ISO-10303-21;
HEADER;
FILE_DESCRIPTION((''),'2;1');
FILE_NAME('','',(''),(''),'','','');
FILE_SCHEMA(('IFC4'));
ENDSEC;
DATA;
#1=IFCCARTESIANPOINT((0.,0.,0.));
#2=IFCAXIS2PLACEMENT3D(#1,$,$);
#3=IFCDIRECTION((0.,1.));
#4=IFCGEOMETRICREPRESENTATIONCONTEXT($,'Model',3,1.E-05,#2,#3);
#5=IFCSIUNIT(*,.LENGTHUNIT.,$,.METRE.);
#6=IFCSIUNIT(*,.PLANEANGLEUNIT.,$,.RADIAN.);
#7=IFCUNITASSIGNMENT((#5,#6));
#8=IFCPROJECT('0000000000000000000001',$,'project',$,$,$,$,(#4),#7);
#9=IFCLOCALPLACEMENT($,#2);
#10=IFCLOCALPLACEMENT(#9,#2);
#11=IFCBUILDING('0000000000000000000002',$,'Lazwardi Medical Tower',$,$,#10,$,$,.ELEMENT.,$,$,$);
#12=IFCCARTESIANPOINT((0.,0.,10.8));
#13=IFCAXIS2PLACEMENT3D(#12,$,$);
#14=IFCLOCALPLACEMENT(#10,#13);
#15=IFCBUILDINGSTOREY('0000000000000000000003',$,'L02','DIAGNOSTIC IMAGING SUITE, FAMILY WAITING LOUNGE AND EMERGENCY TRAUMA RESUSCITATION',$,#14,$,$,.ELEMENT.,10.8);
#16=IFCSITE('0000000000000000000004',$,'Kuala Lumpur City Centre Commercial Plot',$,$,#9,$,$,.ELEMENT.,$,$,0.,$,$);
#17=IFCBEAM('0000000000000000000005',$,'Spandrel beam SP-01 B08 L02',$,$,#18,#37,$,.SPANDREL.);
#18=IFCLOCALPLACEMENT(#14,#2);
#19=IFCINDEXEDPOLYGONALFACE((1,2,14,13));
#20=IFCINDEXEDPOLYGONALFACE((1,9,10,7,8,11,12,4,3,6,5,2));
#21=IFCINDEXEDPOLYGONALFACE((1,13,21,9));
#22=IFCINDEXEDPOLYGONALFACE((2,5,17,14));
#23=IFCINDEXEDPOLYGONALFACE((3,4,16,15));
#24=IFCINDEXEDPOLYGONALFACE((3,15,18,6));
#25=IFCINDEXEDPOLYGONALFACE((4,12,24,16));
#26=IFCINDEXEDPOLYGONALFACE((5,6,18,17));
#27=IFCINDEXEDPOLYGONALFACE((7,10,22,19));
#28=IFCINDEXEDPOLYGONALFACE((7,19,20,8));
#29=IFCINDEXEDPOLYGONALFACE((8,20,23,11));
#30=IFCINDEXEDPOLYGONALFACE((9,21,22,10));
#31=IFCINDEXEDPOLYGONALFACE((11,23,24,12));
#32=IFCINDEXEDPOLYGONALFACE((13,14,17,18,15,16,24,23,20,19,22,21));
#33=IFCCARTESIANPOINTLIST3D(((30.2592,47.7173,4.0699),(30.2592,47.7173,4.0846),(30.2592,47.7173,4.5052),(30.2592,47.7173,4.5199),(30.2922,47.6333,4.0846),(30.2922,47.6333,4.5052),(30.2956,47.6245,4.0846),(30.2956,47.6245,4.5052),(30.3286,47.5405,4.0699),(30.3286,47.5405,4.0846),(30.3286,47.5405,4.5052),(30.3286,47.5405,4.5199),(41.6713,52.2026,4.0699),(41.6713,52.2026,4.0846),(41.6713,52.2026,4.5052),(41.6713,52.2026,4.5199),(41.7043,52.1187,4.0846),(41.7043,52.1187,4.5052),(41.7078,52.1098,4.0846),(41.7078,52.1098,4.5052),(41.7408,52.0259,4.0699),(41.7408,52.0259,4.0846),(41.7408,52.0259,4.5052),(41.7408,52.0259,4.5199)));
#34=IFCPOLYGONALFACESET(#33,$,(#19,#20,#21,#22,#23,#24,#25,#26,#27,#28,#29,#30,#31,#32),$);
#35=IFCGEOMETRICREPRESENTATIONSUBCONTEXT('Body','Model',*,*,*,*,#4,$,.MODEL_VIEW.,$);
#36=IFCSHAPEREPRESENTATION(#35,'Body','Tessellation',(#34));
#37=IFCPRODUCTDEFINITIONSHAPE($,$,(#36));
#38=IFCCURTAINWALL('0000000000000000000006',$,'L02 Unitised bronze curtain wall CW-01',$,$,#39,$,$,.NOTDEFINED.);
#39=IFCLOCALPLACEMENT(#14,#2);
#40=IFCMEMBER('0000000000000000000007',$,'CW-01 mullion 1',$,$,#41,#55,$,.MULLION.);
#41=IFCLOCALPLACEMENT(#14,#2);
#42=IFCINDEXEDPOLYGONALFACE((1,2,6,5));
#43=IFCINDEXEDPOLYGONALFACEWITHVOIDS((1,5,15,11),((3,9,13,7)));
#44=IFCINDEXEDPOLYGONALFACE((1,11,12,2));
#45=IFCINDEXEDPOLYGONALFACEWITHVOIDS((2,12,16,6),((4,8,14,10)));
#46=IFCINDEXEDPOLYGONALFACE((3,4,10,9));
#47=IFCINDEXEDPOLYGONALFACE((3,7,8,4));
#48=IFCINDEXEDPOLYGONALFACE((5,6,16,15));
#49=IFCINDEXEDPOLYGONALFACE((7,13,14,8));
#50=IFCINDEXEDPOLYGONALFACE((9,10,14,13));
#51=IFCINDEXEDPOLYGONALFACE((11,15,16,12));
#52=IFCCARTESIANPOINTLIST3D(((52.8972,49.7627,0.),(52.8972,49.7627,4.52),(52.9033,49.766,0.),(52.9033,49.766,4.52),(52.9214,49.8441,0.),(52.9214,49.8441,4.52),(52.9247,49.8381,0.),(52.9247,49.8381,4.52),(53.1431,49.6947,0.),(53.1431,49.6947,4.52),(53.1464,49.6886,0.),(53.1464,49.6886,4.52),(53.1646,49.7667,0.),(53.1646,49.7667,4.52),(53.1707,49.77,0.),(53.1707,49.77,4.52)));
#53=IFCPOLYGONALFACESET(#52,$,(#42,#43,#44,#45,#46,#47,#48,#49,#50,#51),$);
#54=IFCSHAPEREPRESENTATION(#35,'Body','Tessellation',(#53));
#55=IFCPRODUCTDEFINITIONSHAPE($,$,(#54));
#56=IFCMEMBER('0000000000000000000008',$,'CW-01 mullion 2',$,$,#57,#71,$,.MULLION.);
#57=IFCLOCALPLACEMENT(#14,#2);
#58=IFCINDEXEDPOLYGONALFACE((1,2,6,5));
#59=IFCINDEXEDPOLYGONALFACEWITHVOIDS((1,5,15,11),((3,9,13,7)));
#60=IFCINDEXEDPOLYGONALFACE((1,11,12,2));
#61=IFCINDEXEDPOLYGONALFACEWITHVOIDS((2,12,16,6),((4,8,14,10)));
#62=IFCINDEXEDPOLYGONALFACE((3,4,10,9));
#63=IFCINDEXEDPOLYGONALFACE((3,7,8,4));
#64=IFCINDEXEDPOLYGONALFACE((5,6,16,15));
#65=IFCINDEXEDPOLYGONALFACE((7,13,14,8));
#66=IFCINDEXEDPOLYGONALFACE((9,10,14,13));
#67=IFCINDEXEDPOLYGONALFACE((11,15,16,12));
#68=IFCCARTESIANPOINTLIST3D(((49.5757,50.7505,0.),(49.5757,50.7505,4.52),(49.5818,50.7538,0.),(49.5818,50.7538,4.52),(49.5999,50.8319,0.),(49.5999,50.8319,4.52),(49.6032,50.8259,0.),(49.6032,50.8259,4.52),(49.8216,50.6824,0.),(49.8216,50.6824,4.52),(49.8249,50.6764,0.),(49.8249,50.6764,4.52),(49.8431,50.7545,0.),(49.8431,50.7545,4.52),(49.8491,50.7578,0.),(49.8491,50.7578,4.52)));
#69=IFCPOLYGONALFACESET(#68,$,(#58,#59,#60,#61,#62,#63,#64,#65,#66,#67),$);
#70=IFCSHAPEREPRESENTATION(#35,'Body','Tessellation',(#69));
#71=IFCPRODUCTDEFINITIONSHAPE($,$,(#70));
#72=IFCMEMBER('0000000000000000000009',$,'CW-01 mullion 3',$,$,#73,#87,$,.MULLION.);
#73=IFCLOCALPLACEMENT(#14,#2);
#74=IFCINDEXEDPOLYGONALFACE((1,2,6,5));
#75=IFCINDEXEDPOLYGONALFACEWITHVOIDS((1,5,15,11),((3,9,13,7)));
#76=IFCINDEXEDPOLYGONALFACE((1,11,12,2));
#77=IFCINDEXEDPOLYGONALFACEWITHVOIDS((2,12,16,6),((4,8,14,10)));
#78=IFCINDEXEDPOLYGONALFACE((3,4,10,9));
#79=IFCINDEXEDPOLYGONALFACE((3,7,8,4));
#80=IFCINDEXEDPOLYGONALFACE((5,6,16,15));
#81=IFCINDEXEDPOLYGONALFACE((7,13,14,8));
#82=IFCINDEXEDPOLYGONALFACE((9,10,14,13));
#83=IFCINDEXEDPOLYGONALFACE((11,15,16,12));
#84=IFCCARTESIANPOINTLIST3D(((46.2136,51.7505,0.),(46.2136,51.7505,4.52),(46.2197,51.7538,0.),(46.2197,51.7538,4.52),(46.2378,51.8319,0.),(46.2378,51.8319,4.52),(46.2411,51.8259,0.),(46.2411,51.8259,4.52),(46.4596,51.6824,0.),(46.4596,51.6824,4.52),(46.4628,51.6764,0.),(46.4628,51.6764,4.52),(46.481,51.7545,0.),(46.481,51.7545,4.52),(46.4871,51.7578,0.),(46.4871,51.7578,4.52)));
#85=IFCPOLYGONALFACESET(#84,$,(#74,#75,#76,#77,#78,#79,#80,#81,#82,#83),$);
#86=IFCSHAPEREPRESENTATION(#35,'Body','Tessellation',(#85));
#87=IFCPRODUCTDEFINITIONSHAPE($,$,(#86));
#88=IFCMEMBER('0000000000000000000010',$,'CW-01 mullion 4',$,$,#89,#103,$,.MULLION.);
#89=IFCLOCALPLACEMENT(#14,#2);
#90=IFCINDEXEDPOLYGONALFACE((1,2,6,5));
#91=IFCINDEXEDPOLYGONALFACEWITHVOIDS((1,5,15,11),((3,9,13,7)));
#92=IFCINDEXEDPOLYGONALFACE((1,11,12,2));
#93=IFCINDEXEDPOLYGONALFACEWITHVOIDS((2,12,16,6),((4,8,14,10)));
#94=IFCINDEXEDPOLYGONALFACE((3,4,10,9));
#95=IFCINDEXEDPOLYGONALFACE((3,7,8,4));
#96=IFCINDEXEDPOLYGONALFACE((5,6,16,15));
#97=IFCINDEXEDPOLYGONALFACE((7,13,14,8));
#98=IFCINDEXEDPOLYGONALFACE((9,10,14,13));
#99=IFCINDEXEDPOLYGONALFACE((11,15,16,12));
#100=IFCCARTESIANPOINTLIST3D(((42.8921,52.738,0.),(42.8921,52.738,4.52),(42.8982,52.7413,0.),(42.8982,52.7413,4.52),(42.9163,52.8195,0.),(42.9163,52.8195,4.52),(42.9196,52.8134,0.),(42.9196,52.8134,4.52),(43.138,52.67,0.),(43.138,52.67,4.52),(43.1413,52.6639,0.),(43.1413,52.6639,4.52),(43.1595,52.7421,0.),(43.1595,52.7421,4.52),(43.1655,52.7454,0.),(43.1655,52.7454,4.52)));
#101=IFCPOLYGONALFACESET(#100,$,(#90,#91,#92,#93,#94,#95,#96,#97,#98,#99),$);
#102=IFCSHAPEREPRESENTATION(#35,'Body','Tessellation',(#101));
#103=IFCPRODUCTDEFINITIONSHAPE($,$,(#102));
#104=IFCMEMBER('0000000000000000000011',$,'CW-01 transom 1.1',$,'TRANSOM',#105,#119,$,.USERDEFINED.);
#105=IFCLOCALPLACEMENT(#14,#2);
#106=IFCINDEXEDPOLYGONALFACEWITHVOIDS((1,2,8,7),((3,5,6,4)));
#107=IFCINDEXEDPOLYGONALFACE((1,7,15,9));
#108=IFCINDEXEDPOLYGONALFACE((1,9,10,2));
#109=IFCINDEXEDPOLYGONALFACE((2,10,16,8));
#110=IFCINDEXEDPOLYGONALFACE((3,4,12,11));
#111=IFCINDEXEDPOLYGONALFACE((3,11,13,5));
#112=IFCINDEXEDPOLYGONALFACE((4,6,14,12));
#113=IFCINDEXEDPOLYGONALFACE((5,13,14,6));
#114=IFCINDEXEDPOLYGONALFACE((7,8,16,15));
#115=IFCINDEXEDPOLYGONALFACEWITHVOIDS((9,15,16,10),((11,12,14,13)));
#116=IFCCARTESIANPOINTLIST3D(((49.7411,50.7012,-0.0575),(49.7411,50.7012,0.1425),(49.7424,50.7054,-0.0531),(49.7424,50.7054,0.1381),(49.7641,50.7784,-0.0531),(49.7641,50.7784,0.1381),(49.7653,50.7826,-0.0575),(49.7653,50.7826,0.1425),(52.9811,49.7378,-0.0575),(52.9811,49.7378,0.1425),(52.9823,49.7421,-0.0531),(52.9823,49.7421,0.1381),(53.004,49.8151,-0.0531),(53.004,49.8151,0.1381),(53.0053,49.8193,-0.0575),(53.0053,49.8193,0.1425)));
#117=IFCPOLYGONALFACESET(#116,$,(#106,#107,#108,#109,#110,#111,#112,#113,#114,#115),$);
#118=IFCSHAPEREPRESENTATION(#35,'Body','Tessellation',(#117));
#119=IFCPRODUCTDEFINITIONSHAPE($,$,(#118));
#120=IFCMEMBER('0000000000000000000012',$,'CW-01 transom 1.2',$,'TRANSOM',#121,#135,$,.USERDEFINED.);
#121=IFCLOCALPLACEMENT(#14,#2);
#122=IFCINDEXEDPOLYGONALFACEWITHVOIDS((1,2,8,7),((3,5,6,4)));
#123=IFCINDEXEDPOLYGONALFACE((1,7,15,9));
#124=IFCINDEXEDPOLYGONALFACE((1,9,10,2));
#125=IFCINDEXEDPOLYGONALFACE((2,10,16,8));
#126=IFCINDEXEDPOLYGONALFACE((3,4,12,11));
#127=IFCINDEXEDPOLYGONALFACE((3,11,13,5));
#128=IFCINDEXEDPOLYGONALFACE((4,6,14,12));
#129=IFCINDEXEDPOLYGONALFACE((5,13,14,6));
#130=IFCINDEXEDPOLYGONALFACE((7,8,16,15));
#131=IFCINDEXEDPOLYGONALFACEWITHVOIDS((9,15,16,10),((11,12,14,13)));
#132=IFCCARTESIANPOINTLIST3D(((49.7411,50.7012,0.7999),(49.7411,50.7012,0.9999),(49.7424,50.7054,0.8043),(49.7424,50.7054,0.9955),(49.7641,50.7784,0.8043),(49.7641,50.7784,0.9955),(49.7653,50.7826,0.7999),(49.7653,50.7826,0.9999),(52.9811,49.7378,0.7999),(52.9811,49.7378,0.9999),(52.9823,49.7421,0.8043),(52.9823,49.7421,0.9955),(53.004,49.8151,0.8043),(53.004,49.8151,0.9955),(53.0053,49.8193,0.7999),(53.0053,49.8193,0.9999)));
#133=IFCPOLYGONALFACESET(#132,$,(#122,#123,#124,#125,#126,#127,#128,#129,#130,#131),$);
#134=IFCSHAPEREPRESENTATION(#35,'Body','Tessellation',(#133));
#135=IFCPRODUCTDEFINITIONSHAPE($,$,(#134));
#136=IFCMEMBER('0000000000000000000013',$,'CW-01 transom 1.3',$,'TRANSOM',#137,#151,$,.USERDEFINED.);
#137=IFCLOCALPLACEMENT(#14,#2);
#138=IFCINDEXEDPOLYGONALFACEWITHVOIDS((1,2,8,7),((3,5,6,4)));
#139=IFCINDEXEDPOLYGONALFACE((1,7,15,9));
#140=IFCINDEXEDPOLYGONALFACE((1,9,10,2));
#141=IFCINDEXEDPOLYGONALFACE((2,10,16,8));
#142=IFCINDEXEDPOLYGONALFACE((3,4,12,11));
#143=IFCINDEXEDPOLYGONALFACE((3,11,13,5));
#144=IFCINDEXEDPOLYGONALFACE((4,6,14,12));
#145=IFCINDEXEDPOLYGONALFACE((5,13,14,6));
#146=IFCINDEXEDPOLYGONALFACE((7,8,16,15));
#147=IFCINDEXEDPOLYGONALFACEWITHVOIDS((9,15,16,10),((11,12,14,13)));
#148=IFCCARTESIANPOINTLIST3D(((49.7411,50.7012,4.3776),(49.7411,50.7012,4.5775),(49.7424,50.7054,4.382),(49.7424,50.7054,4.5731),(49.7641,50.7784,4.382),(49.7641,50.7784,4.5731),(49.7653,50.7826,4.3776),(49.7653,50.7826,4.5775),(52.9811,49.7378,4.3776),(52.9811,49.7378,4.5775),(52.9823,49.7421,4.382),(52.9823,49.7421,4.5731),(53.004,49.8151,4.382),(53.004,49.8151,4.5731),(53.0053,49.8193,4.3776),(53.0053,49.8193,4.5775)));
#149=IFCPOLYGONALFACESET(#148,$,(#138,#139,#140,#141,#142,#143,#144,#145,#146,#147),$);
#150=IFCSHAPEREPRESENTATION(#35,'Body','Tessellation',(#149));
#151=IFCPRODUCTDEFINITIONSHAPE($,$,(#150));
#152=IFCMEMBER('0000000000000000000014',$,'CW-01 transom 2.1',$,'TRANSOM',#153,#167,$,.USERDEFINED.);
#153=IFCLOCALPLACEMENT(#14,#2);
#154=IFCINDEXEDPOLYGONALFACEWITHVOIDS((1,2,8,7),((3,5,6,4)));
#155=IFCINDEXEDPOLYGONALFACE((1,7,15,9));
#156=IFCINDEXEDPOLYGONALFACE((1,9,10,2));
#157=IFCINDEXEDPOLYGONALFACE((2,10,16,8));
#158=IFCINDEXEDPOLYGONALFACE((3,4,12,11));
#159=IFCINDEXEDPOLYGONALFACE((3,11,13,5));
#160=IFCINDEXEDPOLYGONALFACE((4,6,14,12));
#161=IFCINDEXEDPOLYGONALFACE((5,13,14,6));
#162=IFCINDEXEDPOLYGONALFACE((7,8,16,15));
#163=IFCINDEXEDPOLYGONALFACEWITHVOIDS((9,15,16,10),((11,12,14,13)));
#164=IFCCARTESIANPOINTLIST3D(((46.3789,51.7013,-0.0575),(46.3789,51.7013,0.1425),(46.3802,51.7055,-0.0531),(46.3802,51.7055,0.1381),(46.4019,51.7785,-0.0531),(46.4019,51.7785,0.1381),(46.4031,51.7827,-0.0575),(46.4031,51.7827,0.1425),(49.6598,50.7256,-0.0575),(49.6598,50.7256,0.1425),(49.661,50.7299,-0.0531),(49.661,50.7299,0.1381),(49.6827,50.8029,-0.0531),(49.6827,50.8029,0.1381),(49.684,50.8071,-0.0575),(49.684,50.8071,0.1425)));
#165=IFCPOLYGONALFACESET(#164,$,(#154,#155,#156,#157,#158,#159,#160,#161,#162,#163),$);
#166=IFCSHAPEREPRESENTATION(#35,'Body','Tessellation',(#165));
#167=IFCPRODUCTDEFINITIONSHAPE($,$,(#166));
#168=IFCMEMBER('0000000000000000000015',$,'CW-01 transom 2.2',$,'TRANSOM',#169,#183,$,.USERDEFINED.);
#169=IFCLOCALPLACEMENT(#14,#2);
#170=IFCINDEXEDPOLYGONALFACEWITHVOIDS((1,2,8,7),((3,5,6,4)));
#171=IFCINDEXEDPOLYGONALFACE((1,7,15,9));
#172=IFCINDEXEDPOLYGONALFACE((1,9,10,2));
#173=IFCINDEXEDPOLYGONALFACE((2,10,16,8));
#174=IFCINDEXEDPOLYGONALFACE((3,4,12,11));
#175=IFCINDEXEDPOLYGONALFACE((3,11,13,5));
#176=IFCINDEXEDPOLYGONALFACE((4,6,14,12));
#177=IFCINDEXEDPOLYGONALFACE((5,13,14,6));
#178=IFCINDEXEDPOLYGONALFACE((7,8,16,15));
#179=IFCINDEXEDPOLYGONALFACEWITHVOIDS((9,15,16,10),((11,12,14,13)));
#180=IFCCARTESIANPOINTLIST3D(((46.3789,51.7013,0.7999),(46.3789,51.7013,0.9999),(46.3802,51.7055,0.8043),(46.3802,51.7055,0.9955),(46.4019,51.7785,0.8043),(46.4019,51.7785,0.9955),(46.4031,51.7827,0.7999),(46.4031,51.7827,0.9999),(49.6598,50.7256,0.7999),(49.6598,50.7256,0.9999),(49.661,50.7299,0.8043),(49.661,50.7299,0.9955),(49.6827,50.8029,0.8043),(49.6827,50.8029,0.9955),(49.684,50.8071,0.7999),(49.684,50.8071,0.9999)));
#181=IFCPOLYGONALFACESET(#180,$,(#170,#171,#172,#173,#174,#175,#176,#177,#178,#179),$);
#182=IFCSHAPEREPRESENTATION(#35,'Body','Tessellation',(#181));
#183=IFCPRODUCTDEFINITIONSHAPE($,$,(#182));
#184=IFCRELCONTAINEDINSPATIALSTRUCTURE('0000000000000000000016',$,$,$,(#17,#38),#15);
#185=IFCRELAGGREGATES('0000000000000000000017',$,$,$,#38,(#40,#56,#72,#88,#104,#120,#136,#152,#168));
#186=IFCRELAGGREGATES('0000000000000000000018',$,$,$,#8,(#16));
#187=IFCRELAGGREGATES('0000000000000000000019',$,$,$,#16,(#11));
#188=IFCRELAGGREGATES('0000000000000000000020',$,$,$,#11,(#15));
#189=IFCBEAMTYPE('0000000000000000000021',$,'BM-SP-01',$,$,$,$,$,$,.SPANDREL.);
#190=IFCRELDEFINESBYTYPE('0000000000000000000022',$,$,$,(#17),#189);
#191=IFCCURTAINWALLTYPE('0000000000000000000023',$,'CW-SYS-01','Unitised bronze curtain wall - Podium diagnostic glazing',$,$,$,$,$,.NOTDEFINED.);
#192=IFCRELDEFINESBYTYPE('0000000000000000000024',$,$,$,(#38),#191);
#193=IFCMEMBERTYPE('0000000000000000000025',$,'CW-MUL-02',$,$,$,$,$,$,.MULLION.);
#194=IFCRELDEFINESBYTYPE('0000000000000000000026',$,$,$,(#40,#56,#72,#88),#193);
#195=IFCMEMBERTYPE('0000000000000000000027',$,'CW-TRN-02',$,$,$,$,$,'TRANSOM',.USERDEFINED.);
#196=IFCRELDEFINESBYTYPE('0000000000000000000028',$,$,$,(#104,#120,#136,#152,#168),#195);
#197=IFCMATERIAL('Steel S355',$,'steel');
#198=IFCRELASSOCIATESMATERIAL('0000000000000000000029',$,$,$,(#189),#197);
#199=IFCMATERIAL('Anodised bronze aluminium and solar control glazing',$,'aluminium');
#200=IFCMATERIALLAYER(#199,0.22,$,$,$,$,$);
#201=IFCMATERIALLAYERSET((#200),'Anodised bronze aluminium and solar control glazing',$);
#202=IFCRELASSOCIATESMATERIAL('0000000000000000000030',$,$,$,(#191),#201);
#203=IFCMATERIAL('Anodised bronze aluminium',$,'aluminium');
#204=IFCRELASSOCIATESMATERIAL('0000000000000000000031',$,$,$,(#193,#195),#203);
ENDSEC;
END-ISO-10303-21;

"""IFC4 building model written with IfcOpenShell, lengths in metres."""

from ifc_helpers import new_model, si_unit, direction, frame, origin, origin_2d, place, context, subcontext, project, spatial, hollow_rectangle, i_section, extrude, material, layer, layer_set, material_profile, profile_set, type_object, element, aggregate, save


model = new_model("IFC4")

# Units and contexts
model_context = context("Model", 3, precision=1e-05, world=origin(), true_north=direction((0.0, 1.0)))
body_context = subcontext(model_context, "Body", "Model", "MODEL_VIEW")
ifc_project = project(units=[si_unit("LENGTHUNIT", "METRE"), si_unit("PLANEANGLEUNIT", "RADIAN")], contexts=[model_context])

# Site, building, storey
site_placement = place(None, origin())
site = spatial("IfcSite", under=ifc_project, at=site_placement, Name="Kuala Lumpur City Centre Commercial Plot", CompositionType="ELEMENT", RefElevation=0.0)
building_placement = place(site_placement, origin())
building = spatial("IfcBuilding", under=site, at=building_placement, Name="Lazwardi Medical Tower", CompositionType="ELEMENT")
storey_placement = place(building_placement, frame((0.0, 0.0, 10.8)))
storey = spatial("IfcBuildingStorey", under=building, at=storey_placement, Name="L02", Description="DIAGNOSTIC IMAGING SUITE, FAMILY WAITING LOUNGE AND EMERGENCY TRAUMA RESUSCITATION", CompositionType="ELEMENT", Elevation=10.8)

# Beam
ifc_material_1 = material(Name="Steel S355", Category="steel")
ifc_material_profile_1 = material_profile(ifc_material_1, i_section(OverallWidth=0.1899, OverallDepth=0.45, WebThickness=0.0095, FlangeThickness=0.0146, at=origin_2d()), Name="IPE 450")
ifc_profile_set_1 = profile_set([ifc_material_profile_1], Name="Steel S355")
beam_type_1 = type_object("IfcBeamType", Name="BM-SP-01", PredefinedType="SPANDREL", material=ifc_profile_set_1)
beam_1_placement = place(storey_placement, frame((41.7061, 52.1143, 4.2949), z_axis=(-0.930695, -0.365795, 0.0), x_axis=(0.365795, -0.930695, 0.0)))
element("IfcBeam", 1, at=beam_1_placement, inside=storey, type_object=beam_type_1, Name="Spandrel beam SP-01 B08 L02", PredefinedType="SPANDREL", context=body_context, shape_type="SweptSolid", body=[
    extrude(i_section(OverallWidth=0.1899, OverallDepth=0.45, WebThickness=0.0095, FlangeThickness=0.0146, at=origin_2d()), origin(), (0.0, 0.0, 1.0), 12.262),
])

# Curtain wall, members
ifc_material_2 = material(Name="Anodised bronze aluminium and solar control glazing", Category="aluminium")
ifc_layer_1 = layer(ifc_material_2, 0.22)
ifc_layer_set_1 = layer_set([ifc_layer_1], Name="Anodised bronze aluminium and solar control glazing")
curtain_wall_type = type_object("IfcCurtainWallType", Name="CW-SYS-01", Description="Unitised bronze curtain wall - Podium diagnostic glazing", PredefinedType="NOTDEFINED", material=ifc_layer_set_1)
curtain_wall_placement = place(storey_placement, origin())
curtain_wall = element("IfcCurtainWall", 2, at=curtain_wall_placement, inside=storey, type_object=curtain_wall_type, Name="L02 Unitised bronze curtain wall CW-01", PredefinedType="NOTDEFINED")
ifc_material_3 = material(Name="Anodised bronze aluminium", Category="aluminium")
ifc_material_profile_2 = material_profile(ifc_material_3, hollow_rectangle(XDim=0.085, YDim=0.26, WallThickness=0.0049, at=origin_2d()), Name="ALU-MULLION 260x85x5")
ifc_profile_set_2 = profile_set([ifc_material_profile_2], Name="Anodised bronze aluminium")
member_type_1 = type_object("IfcMemberType", Name="CW-MUL-02", PredefinedType="MULLION", material=ifc_profile_set_2)
member_1_placement = place(storey_placement, frame((53.0339, 49.7664, 0.0), z_axis=(0.0, 0.0, 1.0), x_axis=(-0.285047, -0.958513, 0.0)))
member_1 = element("IfcMember", 3, at=member_1_placement, type_object=member_type_1, Name="CW-01 mullion 1", PredefinedType="MULLION", context=body_context, shape_type="SweptSolid", body=[
    extrude(hollow_rectangle(XDim=0.085, YDim=0.26, WallThickness=0.0049, at=origin_2d()), origin(), (0.0, 0.0, 1.0), 4.52),
])
member_2_placement = place(storey_placement, frame((49.7124, 50.7542, 0.0), z_axis=(0.0, 0.0, 1.0), x_axis=(-0.285047, -0.958513, 0.0)))
member_2 = element("IfcMember", 4, at=member_2_placement, type_object=member_type_1, Name="CW-01 mullion 2", PredefinedType="MULLION", context=body_context, shape_type="SweptSolid", body=[
    extrude(hollow_rectangle(XDim=0.085, YDim=0.26, WallThickness=0.0049, at=origin_2d()), origin(), (0.0, 0.0, 1.0), 4.52),
])
member_3_placement = place(storey_placement, frame((46.3503, 51.7542, 0.0), z_axis=(0.0, 0.0, 1.0), x_axis=(-0.285047, -0.958513, 0.0)))
member_3 = element("IfcMember", 5, at=member_3_placement, type_object=member_type_1, Name="CW-01 mullion 3", PredefinedType="MULLION", context=body_context, shape_type="SweptSolid", body=[
    extrude(hollow_rectangle(XDim=0.085, YDim=0.26, WallThickness=0.0049, at=origin_2d()), origin(), (0.0, 0.0, 1.0), 4.52),
])
member_4_placement = place(storey_placement, frame((43.0288, 52.7417, 0.0), z_axis=(0.0, 0.0, 1.0), x_axis=(-0.285047, -0.958513, 0.0)))
member_4 = element("IfcMember", 6, at=member_4_placement, type_object=member_type_1, Name="CW-01 mullion 4", PredefinedType="MULLION", context=body_context, shape_type="SweptSolid", body=[
    extrude(hollow_rectangle(XDim=0.085, YDim=0.26, WallThickness=0.0049, at=origin_2d()), origin(), (0.0, 0.0, 1.0), 4.52),
])
ifc_material_profile_3 = material_profile(ifc_material_3, hollow_rectangle(XDim=0.085, YDim=0.2, WallThickness=0.0044, at=origin_2d()), Name="ALU-TRANSOM 200x85x4.5")
ifc_profile_set_3 = profile_set([ifc_material_profile_3], Name="Anodised bronze aluminium")
member_type_2 = type_object("IfcMemberType", Name="CW-TRN-02", ElementType="TRANSOM", PredefinedType="USERDEFINED", material=ifc_profile_set_3)
member_5_placement = place(storey_placement, frame((52.9932, 49.7786, 0.0425), z_axis=(-0.958525, 0.285008, 0.0), x_axis=(-0.285008, -0.958525, 0.0)))
member_5 = element("IfcMember", 7, at=member_5_placement, type_object=member_type_2, Name="CW-01 transom 1.1", ObjectType="TRANSOM", PredefinedType="USERDEFINED", context=body_context, shape_type="SweptSolid", body=[
    extrude(hollow_rectangle(XDim=0.085, YDim=0.2, WallThickness=0.0044, at=origin_2d()), origin(), (0.0, 0.0, 1.0), 3.3801),
])
member_6_placement = place(storey_placement, frame((52.9932, 49.7786, 0.8999), z_axis=(-0.958525, 0.285008, 0.0), x_axis=(-0.285008, -0.958525, 0.0)))
member_6 = element("IfcMember", 8, at=member_6_placement, type_object=member_type_2, Name="CW-01 transom 1.2", ObjectType="TRANSOM", PredefinedType="USERDEFINED", context=body_context, shape_type="SweptSolid", body=[
    extrude(hollow_rectangle(XDim=0.085, YDim=0.2, WallThickness=0.0044, at=origin_2d()), origin(), (0.0, 0.0, 1.0), 3.3801),
])
member_7_placement = place(storey_placement, frame((52.9932, 49.7786, 4.4775), z_axis=(-0.958525, 0.285008, 0.0), x_axis=(-0.285008, -0.958525, 0.0)))
member_7 = element("IfcMember", 9, at=member_7_placement, type_object=member_type_2, Name="CW-01 transom 1.3", ObjectType="TRANSOM", PredefinedType="USERDEFINED", context=body_context, shape_type="SweptSolid", body=[
    extrude(hollow_rectangle(XDim=0.085, YDim=0.2, WallThickness=0.0044, at=origin_2d()), origin(), (0.0, 0.0, 1.0), 3.3801),
])
member_8_placement = place(storey_placement, frame((49.6719, 50.7664, 0.0425), z_axis=(-0.958518, 0.28503, 0.0), x_axis=(-0.28503, -0.958518, 0.0)))
member_8 = element("IfcMember", 10, at=member_8_placement, type_object=member_type_2, Name="CW-01 transom 2.1", ObjectType="TRANSOM", PredefinedType="USERDEFINED", context=body_context, shape_type="SweptSolid", body=[
    extrude(hollow_rectangle(XDim=0.085, YDim=0.2, WallThickness=0.0044, at=origin_2d()), origin(), (0.0, 0.0, 1.0), 3.4229),
])
member_9_placement = place(storey_placement, frame((49.6719, 50.7664, 0.8999), z_axis=(-0.958518, 0.28503, 0.0), x_axis=(-0.28503, -0.958518, 0.0)))
member_9 = element("IfcMember", 11, at=member_9_placement, type_object=member_type_2, Name="CW-01 transom 2.2", ObjectType="TRANSOM", PredefinedType="USERDEFINED", context=body_context, shape_type="SweptSolid", body=[
    extrude(hollow_rectangle(XDim=0.085, YDim=0.2, WallThickness=0.0044, at=origin_2d()), origin(), (0.0, 0.0, 1.0), 3.4229),
])
aggregate(curtain_wall, [member_1, member_2, member_3, member_4, member_5, member_6, member_7, member_8, member_9])

save(model, "model.ifc")
